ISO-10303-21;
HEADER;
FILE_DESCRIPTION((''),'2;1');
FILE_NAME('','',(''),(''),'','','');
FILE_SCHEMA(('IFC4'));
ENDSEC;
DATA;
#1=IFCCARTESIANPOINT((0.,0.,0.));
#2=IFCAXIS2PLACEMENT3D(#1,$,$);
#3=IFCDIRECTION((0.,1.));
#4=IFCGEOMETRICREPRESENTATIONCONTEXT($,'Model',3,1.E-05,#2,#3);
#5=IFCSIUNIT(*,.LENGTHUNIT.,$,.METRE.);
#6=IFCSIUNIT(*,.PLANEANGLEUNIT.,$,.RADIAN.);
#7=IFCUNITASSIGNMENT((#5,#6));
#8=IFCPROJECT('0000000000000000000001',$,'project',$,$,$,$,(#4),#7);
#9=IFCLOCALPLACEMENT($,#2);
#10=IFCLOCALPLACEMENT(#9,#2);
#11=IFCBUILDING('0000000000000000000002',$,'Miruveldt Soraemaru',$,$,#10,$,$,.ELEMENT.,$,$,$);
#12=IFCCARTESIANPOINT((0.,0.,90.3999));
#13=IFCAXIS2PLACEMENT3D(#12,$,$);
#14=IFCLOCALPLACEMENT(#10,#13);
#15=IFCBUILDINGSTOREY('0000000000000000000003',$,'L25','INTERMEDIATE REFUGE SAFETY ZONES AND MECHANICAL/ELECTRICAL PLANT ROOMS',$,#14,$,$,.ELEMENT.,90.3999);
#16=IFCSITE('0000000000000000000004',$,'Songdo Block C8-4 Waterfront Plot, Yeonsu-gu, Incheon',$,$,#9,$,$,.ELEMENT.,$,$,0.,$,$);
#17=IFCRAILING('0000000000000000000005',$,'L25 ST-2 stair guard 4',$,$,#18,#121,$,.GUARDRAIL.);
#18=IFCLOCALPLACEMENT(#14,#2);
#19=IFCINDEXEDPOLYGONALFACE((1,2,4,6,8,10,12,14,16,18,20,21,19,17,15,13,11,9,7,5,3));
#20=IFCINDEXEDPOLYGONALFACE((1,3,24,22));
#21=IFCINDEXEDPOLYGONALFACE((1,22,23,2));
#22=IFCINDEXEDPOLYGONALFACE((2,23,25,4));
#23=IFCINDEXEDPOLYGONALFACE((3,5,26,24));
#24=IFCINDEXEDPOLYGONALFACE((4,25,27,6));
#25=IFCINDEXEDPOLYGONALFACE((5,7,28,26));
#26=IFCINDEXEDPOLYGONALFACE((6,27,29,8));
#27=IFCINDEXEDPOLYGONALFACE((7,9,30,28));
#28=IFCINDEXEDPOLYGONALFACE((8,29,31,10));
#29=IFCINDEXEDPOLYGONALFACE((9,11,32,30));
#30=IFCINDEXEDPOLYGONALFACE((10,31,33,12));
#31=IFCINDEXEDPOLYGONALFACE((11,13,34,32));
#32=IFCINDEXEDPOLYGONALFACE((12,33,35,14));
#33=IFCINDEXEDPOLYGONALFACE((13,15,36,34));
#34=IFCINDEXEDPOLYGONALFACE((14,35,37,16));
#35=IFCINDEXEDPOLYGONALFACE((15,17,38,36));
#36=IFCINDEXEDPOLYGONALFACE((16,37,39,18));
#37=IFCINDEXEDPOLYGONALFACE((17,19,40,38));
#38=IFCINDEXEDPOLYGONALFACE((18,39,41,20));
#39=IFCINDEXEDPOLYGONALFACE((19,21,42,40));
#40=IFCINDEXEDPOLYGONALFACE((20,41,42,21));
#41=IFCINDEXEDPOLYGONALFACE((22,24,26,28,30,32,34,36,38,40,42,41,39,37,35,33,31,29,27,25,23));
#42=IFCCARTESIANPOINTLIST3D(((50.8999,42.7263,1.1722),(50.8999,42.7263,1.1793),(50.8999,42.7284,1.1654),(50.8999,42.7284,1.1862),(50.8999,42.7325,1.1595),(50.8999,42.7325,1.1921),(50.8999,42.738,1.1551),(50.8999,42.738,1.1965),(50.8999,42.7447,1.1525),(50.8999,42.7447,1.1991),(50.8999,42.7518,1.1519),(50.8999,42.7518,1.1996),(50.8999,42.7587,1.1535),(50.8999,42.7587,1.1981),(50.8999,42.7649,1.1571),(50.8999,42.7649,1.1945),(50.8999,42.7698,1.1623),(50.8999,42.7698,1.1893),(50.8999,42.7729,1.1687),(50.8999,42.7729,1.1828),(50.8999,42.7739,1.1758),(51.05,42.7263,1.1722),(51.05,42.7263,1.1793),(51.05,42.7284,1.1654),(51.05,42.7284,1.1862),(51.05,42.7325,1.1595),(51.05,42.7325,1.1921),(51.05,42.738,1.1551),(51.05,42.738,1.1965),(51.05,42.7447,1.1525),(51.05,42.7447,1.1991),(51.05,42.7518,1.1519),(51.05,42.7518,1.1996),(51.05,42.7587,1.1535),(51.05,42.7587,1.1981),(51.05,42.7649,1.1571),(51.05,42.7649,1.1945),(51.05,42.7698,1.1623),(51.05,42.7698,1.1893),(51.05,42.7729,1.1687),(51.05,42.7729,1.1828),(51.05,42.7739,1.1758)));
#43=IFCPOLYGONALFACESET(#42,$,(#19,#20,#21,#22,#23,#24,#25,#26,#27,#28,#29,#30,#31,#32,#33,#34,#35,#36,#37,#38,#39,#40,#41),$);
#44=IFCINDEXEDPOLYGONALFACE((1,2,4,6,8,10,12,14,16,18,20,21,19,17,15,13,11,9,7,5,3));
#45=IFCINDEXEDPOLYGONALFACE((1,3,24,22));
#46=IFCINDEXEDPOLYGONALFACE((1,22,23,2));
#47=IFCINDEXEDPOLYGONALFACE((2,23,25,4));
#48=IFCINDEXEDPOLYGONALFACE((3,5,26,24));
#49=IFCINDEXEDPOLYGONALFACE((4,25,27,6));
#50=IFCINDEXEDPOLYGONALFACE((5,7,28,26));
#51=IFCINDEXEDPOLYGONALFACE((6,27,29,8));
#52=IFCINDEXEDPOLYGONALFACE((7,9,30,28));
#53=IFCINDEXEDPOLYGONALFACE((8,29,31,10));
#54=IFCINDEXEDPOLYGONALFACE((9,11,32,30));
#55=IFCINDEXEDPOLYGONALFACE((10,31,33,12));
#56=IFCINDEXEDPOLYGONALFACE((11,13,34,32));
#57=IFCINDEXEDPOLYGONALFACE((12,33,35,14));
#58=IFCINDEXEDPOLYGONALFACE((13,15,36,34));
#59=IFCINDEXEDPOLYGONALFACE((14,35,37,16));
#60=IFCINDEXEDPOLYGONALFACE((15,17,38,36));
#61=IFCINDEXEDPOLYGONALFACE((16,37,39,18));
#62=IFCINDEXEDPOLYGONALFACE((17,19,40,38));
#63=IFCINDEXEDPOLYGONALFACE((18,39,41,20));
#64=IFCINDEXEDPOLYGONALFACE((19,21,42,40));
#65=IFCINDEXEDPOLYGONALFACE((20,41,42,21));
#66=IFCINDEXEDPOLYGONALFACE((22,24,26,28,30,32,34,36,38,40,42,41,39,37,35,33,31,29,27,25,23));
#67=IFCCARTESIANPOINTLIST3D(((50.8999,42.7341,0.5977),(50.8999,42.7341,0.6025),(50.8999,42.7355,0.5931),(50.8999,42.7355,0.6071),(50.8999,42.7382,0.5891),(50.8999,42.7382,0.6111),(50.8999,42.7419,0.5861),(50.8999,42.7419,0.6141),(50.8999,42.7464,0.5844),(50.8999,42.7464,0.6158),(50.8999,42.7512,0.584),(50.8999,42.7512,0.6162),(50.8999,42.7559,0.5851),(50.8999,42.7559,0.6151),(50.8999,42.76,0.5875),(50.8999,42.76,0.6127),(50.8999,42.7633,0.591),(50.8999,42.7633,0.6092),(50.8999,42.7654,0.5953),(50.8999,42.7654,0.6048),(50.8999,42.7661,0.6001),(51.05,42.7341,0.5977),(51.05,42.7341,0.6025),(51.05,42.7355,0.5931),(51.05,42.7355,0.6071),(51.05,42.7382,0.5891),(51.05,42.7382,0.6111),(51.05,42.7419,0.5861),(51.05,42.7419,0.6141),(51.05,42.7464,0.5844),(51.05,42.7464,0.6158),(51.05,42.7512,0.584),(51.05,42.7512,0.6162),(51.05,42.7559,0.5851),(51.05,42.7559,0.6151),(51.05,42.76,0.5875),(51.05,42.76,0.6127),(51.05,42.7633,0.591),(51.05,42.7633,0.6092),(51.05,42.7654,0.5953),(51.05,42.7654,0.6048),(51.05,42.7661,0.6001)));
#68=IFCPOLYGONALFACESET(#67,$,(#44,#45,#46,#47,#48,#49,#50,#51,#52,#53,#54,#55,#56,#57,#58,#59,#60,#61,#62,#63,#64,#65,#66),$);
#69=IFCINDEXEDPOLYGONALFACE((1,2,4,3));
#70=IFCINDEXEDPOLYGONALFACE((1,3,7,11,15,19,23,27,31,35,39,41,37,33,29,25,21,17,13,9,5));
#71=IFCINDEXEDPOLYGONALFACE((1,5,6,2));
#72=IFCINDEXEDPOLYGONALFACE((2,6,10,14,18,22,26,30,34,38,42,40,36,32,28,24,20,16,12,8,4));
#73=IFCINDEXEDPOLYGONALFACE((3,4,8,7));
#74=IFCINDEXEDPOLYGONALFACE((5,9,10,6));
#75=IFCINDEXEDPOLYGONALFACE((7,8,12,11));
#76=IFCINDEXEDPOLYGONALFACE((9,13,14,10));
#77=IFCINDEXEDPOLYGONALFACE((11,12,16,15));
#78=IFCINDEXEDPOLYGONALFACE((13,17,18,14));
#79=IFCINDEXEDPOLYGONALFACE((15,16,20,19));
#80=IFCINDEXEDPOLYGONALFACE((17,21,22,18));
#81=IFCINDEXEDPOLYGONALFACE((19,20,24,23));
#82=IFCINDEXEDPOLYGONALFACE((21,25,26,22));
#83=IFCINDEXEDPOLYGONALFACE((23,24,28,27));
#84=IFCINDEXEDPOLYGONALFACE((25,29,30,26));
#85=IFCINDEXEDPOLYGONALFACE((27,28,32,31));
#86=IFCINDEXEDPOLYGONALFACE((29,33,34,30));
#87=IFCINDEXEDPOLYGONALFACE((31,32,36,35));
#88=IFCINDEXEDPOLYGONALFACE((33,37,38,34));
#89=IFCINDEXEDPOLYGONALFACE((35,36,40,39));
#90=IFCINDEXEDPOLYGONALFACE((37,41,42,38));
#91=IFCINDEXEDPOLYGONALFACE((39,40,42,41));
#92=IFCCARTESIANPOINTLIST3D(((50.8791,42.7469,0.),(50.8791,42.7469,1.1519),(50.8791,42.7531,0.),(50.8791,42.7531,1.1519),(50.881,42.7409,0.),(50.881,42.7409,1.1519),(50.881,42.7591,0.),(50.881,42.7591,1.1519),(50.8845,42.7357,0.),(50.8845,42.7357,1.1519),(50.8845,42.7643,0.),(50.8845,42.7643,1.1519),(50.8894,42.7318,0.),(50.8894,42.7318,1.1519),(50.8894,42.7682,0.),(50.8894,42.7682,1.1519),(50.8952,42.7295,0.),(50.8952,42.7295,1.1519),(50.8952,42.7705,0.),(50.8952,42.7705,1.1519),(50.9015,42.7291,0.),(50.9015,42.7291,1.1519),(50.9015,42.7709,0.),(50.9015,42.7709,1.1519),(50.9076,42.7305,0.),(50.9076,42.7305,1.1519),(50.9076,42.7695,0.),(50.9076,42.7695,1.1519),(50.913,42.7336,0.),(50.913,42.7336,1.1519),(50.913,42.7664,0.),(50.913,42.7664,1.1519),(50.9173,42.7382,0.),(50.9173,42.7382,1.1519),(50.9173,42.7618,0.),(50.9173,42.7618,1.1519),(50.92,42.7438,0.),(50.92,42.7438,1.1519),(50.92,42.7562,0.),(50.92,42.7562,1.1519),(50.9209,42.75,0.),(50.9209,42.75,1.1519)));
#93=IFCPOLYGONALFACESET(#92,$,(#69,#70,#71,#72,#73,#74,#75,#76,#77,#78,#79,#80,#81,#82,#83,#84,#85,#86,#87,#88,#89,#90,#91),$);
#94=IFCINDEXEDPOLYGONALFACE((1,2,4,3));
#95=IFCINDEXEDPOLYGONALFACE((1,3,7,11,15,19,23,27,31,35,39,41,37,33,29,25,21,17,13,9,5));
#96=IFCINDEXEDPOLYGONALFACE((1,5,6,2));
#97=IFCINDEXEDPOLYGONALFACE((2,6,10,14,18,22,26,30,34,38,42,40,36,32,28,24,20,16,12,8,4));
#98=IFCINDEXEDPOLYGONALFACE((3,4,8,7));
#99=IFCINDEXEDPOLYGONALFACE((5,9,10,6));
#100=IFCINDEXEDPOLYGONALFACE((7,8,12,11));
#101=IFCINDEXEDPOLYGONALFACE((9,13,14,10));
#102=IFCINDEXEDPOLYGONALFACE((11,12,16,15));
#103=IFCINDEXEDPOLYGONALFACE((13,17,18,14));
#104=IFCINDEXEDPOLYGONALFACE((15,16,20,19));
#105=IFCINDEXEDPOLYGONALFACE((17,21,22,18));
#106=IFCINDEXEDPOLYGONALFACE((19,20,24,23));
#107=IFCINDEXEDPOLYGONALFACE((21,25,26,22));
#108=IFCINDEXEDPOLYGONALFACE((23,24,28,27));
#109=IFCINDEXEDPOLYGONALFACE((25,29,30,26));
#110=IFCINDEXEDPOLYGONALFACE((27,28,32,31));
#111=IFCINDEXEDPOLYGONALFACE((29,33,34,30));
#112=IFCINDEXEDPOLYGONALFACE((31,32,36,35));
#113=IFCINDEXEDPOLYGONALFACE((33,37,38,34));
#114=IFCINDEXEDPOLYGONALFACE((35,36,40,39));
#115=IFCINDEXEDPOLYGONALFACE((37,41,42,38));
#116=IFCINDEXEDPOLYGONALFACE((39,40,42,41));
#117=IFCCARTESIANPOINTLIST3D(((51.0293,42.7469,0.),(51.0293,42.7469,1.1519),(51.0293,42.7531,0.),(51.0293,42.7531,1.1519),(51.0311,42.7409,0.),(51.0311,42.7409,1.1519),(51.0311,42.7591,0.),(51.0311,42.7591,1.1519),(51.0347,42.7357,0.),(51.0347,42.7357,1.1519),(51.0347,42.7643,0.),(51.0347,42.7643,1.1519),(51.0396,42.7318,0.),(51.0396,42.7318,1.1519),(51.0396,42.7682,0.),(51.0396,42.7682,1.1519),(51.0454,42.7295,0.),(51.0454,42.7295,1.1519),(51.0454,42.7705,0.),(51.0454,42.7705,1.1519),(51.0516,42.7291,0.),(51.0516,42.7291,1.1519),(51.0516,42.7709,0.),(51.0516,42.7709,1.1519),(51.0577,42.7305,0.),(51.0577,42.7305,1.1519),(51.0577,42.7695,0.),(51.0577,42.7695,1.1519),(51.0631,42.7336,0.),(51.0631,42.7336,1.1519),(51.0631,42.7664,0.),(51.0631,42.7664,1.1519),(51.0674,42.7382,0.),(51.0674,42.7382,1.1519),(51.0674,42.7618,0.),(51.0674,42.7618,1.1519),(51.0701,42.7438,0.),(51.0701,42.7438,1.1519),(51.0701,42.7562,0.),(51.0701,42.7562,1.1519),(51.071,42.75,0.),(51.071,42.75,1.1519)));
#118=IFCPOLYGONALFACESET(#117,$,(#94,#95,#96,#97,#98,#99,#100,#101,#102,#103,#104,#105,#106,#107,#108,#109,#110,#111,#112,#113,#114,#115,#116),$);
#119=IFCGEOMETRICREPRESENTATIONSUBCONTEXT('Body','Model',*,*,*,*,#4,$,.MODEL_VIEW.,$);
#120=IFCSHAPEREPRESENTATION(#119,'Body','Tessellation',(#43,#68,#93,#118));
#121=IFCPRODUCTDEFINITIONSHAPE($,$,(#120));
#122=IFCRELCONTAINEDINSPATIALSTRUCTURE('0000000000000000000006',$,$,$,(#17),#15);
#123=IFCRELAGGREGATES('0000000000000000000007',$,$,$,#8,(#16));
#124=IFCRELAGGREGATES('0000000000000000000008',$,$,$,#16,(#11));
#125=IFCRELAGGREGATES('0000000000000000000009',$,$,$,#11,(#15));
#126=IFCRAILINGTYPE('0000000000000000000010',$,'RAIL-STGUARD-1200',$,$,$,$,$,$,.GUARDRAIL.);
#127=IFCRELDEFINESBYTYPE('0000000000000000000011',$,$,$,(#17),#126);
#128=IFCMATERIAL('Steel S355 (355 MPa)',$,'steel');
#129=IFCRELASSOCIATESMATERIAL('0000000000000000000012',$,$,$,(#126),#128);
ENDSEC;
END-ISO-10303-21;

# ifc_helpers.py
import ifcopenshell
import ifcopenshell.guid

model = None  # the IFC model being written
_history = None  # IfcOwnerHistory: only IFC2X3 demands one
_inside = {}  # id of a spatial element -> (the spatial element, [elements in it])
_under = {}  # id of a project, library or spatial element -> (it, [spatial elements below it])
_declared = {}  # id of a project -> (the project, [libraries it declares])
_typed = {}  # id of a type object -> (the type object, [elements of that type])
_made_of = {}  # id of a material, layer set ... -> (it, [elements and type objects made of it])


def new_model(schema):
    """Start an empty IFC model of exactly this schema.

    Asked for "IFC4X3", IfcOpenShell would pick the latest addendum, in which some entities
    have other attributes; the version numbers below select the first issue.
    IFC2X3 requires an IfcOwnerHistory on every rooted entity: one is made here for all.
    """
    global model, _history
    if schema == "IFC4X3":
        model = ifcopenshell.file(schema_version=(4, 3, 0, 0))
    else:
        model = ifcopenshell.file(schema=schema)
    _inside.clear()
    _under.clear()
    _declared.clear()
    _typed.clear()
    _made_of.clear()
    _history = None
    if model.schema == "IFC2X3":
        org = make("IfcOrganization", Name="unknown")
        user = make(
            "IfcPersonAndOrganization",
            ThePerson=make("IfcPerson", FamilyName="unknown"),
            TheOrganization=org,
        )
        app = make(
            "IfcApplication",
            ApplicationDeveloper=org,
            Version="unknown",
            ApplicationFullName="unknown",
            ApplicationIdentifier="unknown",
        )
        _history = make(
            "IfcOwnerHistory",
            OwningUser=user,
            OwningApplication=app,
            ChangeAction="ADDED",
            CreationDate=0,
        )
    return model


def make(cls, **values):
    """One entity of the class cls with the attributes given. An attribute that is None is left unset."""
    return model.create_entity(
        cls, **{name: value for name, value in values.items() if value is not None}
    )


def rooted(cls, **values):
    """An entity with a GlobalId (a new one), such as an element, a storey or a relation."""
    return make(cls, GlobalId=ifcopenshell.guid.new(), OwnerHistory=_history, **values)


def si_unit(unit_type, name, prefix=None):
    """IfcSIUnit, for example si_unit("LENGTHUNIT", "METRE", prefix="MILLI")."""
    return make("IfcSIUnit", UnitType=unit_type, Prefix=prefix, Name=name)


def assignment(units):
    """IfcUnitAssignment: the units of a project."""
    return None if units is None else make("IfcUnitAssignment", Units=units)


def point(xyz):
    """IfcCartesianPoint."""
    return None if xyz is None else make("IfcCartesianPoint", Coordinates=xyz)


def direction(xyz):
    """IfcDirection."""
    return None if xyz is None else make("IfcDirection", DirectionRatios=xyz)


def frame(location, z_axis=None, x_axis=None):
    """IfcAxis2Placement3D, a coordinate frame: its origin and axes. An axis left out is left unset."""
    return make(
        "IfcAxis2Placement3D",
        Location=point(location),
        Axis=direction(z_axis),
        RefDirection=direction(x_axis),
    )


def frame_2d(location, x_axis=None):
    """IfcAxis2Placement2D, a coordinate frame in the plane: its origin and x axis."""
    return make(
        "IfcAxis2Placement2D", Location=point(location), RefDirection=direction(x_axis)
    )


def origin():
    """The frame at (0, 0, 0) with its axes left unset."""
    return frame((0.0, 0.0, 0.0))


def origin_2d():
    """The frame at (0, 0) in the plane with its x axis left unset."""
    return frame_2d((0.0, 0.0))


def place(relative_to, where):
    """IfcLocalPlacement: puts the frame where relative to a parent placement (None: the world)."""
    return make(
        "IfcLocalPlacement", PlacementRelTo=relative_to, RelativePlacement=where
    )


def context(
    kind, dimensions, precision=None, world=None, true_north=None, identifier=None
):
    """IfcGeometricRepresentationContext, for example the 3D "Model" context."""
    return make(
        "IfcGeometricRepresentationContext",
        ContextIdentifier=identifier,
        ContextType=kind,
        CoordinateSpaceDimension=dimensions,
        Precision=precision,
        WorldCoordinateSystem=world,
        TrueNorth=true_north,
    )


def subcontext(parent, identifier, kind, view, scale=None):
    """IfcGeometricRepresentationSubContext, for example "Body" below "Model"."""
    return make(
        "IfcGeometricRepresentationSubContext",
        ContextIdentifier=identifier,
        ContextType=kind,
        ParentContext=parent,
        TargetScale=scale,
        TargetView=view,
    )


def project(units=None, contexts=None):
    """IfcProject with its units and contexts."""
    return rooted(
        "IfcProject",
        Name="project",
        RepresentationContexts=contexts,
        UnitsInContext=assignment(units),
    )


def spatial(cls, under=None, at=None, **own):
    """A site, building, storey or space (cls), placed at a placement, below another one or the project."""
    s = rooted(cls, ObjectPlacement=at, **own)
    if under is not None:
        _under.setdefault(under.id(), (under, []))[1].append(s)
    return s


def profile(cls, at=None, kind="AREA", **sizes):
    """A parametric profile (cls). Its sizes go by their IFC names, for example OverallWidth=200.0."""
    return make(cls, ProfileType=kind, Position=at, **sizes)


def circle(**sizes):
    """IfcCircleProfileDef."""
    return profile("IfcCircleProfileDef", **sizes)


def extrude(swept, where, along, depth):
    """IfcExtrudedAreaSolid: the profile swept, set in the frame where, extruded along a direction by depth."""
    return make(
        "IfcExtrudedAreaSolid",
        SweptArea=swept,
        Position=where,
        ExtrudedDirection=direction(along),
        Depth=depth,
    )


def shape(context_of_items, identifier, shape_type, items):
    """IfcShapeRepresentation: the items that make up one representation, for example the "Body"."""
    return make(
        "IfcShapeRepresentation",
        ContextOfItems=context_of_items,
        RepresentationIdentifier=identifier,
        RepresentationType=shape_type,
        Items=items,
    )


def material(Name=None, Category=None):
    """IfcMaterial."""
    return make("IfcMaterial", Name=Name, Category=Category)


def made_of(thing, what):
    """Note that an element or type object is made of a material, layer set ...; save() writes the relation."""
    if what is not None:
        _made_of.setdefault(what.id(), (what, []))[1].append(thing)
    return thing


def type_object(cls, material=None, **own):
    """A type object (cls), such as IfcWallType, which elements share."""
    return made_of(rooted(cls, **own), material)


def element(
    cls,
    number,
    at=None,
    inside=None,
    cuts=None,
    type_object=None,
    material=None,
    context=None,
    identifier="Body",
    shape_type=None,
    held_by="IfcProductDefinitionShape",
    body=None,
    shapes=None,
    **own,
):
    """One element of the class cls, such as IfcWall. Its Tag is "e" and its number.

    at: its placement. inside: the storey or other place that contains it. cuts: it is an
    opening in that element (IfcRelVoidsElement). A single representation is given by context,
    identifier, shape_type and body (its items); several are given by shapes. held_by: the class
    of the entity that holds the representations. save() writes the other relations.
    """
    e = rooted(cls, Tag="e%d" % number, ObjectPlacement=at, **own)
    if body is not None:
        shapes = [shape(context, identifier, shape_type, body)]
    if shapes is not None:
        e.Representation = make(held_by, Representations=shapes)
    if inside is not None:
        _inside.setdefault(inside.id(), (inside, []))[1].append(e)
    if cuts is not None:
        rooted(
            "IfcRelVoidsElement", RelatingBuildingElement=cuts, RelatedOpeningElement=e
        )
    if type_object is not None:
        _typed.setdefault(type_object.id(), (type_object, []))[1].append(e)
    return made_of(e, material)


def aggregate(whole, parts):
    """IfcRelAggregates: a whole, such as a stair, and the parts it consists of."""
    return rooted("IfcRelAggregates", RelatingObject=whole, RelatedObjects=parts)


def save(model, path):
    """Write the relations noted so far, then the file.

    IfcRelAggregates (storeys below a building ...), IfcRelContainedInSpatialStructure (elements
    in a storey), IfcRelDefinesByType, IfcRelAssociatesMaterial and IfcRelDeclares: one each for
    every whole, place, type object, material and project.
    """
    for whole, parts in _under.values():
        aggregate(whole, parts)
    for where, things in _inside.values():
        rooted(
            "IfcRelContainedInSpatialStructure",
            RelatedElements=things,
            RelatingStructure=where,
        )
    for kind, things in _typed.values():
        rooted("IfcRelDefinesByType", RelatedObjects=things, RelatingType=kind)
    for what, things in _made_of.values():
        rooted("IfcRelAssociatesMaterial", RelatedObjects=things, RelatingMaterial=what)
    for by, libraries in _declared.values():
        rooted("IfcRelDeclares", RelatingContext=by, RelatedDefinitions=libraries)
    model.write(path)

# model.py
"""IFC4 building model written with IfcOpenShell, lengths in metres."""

from ifc_helpers import new_model, si_unit, direction, frame, origin, origin_2d, place, context, subcontext, project, spatial, circle, extrude, material, type_object, element, save


model = new_model("IFC4")

# Units and contexts
model_context = context("Model", 3, precision=1e-05, world=origin(), true_north=direction((0.0, 1.0)))
body_context = subcontext(model_context, "Body", "Model", "MODEL_VIEW")
ifc_project = project(units=[si_unit("LENGTHUNIT", "METRE"), si_unit("PLANEANGLEUNIT", "RADIAN")], contexts=[model_context])

# Site, building, storey
site_placement = place(None, origin())
site = spatial("IfcSite", under=ifc_project, at=site_placement, Name="Songdo Block C8-4 Waterfront Plot, Yeonsu-gu, Incheon", CompositionType="ELEMENT", RefElevation=0.0)
building_placement = place(site_placement, origin())
building = spatial("IfcBuilding", under=site, at=building_placement, Name="Miruveldt Soraemaru", CompositionType="ELEMENT")
storey_placement = place(building_placement, frame((0.0, 0.0, 90.3999)))
storey = spatial("IfcBuildingStorey", under=building, at=storey_placement, Name="L25", Description="INTERMEDIATE REFUGE SAFETY ZONES AND MECHANICAL/ELECTRICAL PLANT ROOMS", CompositionType="ELEMENT", Elevation=90.3999)

# Railing
ifc_material_1 = material(Name="Steel S355 (355 MPa)", Category="steel")
railing_type_1 = type_object("IfcRailingType", Name="RAIL-STGUARD-1200", PredefinedType="GUARDRAIL", material=ifc_material_1)
railing_1_placement = place(storey_placement, frame((50.8999, 42.75, 0.0)))
element("IfcRailing", 1, at=railing_1_placement, inside=storey, type_object=railing_type_1, Name="L25 ST-2 stair guard 4", PredefinedType="GUARDRAIL", context=body_context, shape_type="SweptSolid", body=[
    extrude(circle(Radius=0.0239, at=origin_2d()), frame((0.0, 0.0, 1.1758), z_axis=(1.0, 0.0, 0.0), x_axis=(0.0, 1.0, 0.0)), (0.0, 0.0, 1.0), 0.1501),
    extrude(circle(Radius=0.0161, at=origin_2d()), frame((0.0, 0.0, 0.6001), z_axis=(1.0, 0.0, 0.0), x_axis=(0.0, 1.0, 0.0)), (0.0, 0.0, 1.0), 0.1501),
    extrude(circle(Radius=0.021, at=origin_2d()), origin(), (0.0, 0.0, 1.0), 1.1519),
    extrude(circle(Radius=0.021, at=origin_2d()), frame((0.1501, 0.0, 0.0)), (0.0, 0.0, 1.0), 1.1519),
])

save(model, "model.ifc")
